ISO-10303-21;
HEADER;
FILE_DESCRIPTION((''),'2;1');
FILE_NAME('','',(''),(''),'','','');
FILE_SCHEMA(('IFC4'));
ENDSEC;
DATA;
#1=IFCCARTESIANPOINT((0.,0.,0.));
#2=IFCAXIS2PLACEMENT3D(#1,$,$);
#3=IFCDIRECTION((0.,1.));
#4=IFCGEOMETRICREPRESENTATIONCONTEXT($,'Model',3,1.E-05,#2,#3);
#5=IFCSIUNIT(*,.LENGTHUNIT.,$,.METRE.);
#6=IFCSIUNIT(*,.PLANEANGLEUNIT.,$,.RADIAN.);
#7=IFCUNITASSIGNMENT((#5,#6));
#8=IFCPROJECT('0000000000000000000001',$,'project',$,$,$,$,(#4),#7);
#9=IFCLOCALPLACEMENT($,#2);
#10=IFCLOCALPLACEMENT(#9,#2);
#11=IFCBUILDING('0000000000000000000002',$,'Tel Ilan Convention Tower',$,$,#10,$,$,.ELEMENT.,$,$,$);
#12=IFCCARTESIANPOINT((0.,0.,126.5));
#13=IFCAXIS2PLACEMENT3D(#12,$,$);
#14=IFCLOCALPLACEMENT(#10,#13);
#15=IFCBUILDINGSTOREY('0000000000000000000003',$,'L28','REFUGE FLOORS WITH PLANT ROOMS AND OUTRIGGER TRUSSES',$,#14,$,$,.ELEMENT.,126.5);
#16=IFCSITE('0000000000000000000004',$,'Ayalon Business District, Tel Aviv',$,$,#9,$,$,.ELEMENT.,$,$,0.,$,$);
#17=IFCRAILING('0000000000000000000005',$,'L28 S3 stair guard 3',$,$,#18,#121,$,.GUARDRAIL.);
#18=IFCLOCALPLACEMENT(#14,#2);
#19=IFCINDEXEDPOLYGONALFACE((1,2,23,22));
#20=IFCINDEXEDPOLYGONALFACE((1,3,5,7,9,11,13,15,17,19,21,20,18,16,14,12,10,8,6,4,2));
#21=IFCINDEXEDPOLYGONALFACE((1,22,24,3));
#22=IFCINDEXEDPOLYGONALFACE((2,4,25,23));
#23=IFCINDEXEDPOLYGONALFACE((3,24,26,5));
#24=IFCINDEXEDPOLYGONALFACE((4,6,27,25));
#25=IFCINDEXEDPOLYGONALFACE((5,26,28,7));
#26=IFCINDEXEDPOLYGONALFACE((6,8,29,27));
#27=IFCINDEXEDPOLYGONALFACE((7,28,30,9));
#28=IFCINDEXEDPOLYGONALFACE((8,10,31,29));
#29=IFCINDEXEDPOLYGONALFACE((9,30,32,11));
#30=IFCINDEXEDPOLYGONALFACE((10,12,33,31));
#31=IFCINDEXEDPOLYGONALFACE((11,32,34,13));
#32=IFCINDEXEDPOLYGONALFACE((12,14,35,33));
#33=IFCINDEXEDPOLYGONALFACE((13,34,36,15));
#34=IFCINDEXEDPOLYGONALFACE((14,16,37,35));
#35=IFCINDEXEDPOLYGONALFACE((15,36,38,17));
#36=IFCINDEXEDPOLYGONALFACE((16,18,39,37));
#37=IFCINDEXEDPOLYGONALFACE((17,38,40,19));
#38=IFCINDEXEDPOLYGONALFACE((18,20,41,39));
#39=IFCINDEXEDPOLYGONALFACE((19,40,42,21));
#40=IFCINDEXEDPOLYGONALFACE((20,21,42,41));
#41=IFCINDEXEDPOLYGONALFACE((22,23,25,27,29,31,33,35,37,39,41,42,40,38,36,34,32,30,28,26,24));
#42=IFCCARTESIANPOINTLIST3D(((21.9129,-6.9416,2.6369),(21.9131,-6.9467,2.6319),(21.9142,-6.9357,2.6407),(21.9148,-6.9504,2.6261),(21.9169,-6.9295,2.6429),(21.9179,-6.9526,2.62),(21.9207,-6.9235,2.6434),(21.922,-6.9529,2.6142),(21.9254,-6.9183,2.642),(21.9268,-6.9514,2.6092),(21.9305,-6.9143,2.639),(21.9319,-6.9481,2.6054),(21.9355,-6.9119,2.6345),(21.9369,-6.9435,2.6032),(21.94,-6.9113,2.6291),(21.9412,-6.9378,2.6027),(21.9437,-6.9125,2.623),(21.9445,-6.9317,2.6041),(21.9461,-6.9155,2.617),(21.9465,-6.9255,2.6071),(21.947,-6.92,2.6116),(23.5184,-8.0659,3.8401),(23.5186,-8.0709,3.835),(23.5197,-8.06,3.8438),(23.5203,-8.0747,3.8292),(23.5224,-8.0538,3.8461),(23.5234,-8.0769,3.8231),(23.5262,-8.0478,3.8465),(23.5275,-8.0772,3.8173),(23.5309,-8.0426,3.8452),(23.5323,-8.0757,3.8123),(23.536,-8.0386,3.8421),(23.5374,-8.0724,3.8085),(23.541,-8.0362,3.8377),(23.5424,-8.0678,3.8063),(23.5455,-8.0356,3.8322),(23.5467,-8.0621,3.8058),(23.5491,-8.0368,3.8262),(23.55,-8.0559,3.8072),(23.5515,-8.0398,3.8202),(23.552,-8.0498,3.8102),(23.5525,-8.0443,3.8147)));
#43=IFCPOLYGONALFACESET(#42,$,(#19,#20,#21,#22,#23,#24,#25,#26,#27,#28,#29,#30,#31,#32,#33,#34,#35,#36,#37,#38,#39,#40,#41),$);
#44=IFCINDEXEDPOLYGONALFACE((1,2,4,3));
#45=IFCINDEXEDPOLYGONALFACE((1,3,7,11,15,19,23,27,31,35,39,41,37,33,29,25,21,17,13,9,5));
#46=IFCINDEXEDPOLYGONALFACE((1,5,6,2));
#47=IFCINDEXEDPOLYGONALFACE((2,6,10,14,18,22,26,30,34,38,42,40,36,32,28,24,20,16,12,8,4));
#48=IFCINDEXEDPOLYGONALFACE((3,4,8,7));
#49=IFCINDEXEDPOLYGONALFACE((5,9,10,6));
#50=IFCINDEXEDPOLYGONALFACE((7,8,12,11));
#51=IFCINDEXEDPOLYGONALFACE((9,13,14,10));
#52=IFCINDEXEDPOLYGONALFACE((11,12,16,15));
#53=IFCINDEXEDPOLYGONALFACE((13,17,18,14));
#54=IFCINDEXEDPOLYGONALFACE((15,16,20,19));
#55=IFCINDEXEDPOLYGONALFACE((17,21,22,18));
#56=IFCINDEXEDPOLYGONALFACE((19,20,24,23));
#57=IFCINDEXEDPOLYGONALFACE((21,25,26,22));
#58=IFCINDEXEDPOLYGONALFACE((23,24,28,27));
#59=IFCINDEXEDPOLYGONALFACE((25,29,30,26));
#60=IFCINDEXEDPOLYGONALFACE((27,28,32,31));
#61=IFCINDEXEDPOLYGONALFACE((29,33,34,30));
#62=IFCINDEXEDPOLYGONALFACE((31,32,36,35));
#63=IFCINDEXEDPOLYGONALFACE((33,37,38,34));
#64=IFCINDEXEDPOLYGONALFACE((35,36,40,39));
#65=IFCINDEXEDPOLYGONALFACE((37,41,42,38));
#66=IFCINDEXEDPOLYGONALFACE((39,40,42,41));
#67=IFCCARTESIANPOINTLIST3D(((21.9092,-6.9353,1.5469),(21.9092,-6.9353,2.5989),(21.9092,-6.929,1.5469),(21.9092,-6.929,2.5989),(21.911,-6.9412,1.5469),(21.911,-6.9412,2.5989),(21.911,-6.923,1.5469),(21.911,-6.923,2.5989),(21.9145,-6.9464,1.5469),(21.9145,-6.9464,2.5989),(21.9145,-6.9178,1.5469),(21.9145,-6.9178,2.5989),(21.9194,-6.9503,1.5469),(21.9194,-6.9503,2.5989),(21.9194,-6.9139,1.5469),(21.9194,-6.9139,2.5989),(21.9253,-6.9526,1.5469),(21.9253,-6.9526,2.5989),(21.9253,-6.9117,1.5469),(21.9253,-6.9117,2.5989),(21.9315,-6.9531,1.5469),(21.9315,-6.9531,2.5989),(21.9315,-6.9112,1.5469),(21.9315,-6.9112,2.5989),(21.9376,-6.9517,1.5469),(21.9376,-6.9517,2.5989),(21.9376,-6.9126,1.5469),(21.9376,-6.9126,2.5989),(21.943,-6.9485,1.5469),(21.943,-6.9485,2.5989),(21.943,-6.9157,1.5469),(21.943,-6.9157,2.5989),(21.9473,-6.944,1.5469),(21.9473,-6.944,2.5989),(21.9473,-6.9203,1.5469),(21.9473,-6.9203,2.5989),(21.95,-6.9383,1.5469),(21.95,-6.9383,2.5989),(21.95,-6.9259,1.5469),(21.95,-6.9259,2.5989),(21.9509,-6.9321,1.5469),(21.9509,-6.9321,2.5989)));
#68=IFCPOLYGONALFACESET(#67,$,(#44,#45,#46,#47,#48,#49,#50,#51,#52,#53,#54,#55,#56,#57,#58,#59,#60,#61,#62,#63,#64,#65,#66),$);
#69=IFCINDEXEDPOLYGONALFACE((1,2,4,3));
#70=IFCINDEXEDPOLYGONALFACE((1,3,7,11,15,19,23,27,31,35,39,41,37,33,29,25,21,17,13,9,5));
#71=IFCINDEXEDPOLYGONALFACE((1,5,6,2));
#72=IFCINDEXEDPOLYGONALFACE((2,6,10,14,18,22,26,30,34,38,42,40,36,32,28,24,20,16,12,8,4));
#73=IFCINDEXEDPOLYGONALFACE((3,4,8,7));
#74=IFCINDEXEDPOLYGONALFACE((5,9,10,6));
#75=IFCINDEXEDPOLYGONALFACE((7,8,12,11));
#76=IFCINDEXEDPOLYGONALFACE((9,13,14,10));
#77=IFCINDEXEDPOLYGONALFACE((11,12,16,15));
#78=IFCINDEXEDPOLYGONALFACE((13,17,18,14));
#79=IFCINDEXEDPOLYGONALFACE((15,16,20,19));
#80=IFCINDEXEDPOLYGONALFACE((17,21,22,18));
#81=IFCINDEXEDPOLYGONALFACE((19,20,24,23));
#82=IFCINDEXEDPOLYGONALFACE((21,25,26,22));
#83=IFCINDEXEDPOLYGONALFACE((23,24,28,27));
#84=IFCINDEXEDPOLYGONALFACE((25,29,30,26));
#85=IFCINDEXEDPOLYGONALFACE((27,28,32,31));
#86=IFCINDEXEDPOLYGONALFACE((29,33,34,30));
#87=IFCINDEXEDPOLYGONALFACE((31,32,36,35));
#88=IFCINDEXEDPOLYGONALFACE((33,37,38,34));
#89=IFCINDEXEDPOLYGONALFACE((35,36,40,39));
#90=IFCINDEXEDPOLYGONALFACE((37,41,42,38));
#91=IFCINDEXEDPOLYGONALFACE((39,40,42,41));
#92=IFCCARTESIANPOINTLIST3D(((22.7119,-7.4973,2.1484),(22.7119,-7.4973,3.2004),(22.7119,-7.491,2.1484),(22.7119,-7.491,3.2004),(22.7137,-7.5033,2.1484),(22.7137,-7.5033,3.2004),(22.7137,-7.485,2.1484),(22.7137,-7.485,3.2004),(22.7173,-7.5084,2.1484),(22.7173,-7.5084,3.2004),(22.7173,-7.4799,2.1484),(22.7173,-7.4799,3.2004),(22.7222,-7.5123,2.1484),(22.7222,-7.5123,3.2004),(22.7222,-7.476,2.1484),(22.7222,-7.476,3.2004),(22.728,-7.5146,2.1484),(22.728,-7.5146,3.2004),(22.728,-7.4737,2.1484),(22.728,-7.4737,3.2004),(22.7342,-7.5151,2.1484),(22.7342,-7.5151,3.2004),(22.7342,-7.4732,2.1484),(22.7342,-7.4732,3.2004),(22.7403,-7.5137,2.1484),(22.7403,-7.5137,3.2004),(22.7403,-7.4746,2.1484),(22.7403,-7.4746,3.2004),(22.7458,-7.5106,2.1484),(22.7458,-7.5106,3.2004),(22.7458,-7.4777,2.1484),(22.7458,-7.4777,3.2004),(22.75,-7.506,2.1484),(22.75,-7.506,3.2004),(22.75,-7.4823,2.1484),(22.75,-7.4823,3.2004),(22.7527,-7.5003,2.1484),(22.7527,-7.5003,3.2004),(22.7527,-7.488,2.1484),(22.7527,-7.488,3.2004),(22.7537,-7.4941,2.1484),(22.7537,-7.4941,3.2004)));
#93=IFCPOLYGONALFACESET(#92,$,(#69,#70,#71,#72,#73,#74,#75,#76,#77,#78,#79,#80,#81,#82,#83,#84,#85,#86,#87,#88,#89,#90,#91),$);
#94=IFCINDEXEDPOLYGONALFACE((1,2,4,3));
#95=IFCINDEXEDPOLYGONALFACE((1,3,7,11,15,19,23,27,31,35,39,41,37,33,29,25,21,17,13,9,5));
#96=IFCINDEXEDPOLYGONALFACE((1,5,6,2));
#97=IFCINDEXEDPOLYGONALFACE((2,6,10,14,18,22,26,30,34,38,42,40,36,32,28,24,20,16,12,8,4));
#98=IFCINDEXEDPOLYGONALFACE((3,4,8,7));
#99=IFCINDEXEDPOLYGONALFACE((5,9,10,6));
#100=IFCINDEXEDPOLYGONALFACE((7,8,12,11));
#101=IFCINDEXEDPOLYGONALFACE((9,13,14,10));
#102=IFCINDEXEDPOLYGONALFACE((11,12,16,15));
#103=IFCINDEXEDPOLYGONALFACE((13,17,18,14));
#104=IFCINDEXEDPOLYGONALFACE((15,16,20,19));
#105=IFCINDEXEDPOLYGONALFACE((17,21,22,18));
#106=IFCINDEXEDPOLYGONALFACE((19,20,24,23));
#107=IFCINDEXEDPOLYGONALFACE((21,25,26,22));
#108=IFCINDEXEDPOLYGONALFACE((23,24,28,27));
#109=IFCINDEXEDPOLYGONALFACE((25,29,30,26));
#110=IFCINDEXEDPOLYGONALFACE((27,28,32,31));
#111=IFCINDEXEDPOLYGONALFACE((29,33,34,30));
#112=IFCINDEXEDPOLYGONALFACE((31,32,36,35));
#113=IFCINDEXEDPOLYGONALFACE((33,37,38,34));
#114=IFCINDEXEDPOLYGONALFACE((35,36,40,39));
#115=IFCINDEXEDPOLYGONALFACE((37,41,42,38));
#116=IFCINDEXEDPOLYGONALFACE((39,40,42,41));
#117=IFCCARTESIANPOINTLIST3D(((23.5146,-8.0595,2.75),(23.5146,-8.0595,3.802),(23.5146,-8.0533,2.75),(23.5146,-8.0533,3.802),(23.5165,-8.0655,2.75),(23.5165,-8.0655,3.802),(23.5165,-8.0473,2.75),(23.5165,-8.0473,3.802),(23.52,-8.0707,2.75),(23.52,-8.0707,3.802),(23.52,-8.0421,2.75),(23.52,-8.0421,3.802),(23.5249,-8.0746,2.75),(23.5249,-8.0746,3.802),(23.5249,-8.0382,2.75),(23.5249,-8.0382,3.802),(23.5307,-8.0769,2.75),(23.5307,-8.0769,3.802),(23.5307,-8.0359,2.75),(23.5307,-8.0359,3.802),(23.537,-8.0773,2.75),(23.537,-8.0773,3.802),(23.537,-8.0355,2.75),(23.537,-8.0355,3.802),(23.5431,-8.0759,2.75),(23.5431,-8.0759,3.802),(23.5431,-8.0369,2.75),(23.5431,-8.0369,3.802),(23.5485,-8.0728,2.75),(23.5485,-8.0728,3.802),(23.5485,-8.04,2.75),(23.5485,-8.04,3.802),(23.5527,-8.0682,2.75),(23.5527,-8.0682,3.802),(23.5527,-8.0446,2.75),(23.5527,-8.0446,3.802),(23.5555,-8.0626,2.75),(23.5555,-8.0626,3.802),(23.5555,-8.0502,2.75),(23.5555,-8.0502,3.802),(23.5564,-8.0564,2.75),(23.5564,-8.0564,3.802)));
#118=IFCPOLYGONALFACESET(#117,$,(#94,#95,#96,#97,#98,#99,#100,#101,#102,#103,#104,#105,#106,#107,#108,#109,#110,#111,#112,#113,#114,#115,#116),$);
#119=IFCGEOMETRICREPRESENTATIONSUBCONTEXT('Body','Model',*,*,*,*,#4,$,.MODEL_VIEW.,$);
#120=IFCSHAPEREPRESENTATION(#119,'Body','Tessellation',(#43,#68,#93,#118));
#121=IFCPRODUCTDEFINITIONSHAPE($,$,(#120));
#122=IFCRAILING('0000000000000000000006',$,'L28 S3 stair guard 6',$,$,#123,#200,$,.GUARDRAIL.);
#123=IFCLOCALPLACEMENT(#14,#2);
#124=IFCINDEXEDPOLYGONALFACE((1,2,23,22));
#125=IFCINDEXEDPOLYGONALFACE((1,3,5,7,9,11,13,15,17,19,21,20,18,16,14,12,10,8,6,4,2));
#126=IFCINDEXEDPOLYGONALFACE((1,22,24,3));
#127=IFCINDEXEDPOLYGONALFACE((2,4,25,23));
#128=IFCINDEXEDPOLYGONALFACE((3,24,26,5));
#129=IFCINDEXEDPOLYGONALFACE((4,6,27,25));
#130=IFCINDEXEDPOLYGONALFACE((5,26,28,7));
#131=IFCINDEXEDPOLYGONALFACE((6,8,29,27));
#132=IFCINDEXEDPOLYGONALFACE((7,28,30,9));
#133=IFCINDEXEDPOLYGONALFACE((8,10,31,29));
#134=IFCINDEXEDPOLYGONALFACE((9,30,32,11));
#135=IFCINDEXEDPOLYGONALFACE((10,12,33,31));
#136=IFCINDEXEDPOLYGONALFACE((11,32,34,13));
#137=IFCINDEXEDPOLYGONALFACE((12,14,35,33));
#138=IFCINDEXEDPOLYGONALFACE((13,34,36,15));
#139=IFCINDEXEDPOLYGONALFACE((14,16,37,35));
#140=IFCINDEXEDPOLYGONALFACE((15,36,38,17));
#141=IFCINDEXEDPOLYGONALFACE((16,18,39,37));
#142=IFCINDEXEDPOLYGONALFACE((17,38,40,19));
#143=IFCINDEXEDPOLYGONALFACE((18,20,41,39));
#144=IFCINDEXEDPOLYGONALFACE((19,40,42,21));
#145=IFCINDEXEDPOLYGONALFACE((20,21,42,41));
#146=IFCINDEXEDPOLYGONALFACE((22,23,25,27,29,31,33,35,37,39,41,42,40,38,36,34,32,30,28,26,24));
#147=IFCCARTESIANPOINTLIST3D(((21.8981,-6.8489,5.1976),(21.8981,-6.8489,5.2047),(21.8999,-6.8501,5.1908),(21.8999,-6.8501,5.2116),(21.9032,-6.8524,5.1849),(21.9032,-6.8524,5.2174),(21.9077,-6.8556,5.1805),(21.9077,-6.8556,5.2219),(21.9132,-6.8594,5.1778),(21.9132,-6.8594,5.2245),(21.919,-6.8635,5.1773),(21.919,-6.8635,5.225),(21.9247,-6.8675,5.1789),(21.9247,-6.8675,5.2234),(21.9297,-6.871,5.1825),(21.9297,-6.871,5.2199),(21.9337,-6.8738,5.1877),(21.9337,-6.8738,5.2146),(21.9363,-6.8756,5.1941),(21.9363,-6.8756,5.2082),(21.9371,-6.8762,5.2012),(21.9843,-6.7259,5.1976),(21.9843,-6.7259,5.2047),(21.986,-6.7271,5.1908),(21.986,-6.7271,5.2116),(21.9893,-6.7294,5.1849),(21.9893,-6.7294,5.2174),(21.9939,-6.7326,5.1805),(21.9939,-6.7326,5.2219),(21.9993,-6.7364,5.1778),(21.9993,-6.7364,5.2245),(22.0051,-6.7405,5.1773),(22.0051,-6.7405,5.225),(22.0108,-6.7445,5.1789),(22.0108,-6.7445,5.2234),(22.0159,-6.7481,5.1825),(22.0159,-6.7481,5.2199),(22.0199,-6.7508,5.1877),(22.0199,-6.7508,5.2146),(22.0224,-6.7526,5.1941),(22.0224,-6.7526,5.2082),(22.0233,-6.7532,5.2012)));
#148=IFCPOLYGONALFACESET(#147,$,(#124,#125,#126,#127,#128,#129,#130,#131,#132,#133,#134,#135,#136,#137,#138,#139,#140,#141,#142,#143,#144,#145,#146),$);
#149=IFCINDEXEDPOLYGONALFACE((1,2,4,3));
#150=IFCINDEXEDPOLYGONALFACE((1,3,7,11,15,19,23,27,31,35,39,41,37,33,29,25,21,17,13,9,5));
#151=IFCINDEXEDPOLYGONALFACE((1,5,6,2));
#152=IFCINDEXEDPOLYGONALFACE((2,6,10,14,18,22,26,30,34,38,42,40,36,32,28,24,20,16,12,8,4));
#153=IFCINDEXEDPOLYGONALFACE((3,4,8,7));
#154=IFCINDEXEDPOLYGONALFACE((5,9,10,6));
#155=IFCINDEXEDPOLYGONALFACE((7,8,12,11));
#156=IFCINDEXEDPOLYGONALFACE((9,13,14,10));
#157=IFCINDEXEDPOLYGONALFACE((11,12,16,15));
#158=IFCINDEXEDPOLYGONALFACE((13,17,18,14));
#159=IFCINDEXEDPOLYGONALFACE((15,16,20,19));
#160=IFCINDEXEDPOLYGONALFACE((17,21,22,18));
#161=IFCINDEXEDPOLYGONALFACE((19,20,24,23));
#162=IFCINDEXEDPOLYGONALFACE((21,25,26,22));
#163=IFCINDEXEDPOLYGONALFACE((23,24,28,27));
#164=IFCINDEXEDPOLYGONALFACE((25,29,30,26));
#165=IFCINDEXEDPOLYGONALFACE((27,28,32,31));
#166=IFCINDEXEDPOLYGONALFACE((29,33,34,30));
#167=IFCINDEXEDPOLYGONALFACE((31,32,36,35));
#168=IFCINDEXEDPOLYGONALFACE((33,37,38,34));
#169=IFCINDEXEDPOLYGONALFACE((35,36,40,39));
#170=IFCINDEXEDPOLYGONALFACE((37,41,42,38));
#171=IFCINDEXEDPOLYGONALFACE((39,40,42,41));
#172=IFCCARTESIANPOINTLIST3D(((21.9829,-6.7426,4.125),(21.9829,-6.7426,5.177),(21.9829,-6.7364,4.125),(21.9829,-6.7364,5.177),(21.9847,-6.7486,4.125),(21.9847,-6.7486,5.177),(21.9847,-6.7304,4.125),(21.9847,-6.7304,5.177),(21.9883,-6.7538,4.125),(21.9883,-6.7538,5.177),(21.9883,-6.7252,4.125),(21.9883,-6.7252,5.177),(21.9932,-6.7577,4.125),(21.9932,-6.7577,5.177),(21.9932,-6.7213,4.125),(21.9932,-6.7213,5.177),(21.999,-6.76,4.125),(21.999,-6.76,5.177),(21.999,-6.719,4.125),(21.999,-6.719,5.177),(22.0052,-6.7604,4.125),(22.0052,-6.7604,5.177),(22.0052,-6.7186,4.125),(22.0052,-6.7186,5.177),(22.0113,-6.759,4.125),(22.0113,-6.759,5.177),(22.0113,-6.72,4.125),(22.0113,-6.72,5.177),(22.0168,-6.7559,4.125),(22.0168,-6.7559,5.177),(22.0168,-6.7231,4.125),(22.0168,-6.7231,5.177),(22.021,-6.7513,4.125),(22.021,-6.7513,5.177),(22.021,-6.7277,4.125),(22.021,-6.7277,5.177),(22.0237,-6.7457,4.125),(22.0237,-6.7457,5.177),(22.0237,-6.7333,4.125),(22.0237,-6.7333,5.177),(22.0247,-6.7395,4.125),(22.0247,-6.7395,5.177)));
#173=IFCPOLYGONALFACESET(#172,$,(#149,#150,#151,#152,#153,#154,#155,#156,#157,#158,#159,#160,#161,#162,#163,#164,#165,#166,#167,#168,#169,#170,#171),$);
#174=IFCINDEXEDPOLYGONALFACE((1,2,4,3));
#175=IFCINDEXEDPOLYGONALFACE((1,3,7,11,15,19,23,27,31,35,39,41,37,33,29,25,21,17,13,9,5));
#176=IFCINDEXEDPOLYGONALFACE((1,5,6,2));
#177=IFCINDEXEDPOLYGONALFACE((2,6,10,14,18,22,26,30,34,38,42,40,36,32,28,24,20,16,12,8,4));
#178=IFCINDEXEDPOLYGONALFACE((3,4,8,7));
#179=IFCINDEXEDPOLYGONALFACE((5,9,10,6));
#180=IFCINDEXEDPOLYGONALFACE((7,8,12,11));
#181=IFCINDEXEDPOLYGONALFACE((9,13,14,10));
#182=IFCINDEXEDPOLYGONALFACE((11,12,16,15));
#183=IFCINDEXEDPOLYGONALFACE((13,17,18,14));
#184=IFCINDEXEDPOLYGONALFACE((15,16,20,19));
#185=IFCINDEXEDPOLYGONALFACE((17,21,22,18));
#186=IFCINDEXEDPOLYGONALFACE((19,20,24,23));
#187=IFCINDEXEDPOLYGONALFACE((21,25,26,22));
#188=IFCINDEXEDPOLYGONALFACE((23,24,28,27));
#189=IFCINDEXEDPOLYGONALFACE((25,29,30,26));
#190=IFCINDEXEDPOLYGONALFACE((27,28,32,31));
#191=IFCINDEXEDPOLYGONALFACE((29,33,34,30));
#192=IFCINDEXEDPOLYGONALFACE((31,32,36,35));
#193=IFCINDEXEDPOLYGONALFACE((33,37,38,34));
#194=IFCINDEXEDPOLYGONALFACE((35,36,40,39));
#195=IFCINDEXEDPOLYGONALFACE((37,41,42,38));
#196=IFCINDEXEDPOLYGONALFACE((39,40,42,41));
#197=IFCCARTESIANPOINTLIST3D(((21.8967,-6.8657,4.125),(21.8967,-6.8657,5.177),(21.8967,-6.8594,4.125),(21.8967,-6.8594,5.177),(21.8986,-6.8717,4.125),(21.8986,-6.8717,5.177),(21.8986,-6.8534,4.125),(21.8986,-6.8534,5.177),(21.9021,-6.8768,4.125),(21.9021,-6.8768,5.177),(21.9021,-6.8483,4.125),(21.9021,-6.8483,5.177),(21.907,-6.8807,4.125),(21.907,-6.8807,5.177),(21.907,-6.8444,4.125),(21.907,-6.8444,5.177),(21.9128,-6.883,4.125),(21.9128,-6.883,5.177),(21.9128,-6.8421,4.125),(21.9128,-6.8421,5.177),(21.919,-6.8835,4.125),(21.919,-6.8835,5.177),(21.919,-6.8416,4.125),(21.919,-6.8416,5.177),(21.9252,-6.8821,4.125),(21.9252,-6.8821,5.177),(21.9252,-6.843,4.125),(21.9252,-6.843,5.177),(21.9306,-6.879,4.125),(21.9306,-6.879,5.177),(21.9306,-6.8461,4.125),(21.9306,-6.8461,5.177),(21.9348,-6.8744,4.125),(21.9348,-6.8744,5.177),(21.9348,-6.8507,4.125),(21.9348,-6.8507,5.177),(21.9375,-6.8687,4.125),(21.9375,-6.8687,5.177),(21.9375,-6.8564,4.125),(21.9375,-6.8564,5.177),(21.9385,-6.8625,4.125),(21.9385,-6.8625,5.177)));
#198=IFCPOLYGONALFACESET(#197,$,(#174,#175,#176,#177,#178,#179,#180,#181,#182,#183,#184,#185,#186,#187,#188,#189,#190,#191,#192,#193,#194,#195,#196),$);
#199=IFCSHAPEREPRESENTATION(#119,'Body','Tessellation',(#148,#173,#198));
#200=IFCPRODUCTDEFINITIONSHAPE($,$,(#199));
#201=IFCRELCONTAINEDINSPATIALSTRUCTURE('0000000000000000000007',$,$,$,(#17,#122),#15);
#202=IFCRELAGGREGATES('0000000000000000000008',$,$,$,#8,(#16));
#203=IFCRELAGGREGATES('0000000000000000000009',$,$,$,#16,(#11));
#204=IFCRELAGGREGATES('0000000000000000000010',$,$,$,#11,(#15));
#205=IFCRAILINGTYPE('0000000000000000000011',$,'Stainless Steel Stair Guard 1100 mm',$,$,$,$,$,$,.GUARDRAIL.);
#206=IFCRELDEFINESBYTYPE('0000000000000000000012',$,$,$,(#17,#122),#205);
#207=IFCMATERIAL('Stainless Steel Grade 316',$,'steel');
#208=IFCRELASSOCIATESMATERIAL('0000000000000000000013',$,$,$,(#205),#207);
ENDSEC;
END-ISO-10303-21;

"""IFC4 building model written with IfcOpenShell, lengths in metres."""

from ifc_helpers import new_model, si_unit, direction, frame, origin, origin_2d, place, context, subcontext, project, spatial, circle, extrude, material, type_object, element, save


model = new_model("IFC4")

# Units and contexts
model_context = context("Model", 3, precision=1e-05, world=origin(), true_north=direction((0.0, 1.0)))
body_context = subcontext(model_context, "Body", "Model", "MODEL_VIEW")
ifc_project = project(units=[si_unit("LENGTHUNIT", "METRE"), si_unit("PLANEANGLEUNIT", "RADIAN")], contexts=[model_context])

# Site, building, storey
site_placement = place(None, origin())
site = spatial("IfcSite", under=ifc_project, at=site_placement, Name="Ayalon Business District, Tel Aviv", CompositionType="ELEMENT", RefElevation=0.0)
building_placement = place(site_placement, origin())
building = spatial("IfcBuilding", under=site, at=building_placement, Name="Tel Ilan Convention Tower", CompositionType="ELEMENT")
storey_placement = place(building_placement, frame((0.0, 0.0, 126.5)))
storey = spatial("IfcBuildingStorey", under=building, at=storey_placement, Name="L28", Description="REFUGE FLOORS WITH PLANT ROOMS AND OUTRIGGER TRUSSES", CompositionType="ELEMENT", Elevation=126.5)

# Railings
ifc_material_1 = material(Name="Stainless Steel Grade 316", Category="steel")
railing_type_1 = type_object("IfcRailingType", Name="Stainless Steel Stair Guard 1100 mm", PredefinedType="GUARDRAIL", material=ifc_material_1)
railing_1_placement = place(storey_placement, frame((21.9299, -6.9321, 1.5469)))
element("IfcRailing", 1, at=railing_1_placement, inside=storey, type_object=railing_type_1, Name="L28 S3 stair guard 3", PredefinedType="GUARDRAIL", context=body_context, shape_type="SweptSolid", body=[
    extrude(circle(Radius=0.0239, at=origin_2d()), frame((0.0, 0.0, 1.0762), z_axis=(0.698095, -0.488857, 0.523146), x_axis=(0.573613, 0.819127, 0.0)), (0.0, 0.0, 1.0), 2.2998),
    extrude(circle(Radius=0.021, at=origin_2d()), origin(), (0.0, 0.0, 1.0), 1.052),
    extrude(circle(Radius=0.021, at=origin_2d()), frame((0.8027, -0.562, 0.6016)), (0.0, 0.0, 1.0), 1.052),
    extrude(circle(Radius=0.021, at=origin_2d()), frame((1.6055, -1.1243, 1.2031)), (0.0, 0.0, 1.0), 1.052),
])
railing_2_placement = place(storey_placement, frame((22.0037, -6.7395, 4.125)))
element("IfcRailing", 2, at=railing_2_placement, inside=storey, type_object=railing_type_1, Name="L28 S3 stair guard 6", PredefinedType="GUARDRAIL", context=body_context, shape_type="SweptSolid", body=[
    extrude(circle(Radius=0.0239, at=origin_2d()), frame((0.0, 0.0, 1.0762), z_axis=(-0.57368, -0.819079, 0.0), x_axis=(0.819079, -0.57368, 0.0)), (0.0, 0.0, 1.0), 0.1501),
    extrude(circle(Radius=0.021, at=origin_2d()), origin(), (0.0, 0.0, 1.0), 1.052),
    extrude(circle(Radius=0.021, at=origin_2d()), frame((-0.0862, -0.123, 0.0)), (0.0, 0.0, 1.0), 1.052),
])

save(model, "model.ifc")
